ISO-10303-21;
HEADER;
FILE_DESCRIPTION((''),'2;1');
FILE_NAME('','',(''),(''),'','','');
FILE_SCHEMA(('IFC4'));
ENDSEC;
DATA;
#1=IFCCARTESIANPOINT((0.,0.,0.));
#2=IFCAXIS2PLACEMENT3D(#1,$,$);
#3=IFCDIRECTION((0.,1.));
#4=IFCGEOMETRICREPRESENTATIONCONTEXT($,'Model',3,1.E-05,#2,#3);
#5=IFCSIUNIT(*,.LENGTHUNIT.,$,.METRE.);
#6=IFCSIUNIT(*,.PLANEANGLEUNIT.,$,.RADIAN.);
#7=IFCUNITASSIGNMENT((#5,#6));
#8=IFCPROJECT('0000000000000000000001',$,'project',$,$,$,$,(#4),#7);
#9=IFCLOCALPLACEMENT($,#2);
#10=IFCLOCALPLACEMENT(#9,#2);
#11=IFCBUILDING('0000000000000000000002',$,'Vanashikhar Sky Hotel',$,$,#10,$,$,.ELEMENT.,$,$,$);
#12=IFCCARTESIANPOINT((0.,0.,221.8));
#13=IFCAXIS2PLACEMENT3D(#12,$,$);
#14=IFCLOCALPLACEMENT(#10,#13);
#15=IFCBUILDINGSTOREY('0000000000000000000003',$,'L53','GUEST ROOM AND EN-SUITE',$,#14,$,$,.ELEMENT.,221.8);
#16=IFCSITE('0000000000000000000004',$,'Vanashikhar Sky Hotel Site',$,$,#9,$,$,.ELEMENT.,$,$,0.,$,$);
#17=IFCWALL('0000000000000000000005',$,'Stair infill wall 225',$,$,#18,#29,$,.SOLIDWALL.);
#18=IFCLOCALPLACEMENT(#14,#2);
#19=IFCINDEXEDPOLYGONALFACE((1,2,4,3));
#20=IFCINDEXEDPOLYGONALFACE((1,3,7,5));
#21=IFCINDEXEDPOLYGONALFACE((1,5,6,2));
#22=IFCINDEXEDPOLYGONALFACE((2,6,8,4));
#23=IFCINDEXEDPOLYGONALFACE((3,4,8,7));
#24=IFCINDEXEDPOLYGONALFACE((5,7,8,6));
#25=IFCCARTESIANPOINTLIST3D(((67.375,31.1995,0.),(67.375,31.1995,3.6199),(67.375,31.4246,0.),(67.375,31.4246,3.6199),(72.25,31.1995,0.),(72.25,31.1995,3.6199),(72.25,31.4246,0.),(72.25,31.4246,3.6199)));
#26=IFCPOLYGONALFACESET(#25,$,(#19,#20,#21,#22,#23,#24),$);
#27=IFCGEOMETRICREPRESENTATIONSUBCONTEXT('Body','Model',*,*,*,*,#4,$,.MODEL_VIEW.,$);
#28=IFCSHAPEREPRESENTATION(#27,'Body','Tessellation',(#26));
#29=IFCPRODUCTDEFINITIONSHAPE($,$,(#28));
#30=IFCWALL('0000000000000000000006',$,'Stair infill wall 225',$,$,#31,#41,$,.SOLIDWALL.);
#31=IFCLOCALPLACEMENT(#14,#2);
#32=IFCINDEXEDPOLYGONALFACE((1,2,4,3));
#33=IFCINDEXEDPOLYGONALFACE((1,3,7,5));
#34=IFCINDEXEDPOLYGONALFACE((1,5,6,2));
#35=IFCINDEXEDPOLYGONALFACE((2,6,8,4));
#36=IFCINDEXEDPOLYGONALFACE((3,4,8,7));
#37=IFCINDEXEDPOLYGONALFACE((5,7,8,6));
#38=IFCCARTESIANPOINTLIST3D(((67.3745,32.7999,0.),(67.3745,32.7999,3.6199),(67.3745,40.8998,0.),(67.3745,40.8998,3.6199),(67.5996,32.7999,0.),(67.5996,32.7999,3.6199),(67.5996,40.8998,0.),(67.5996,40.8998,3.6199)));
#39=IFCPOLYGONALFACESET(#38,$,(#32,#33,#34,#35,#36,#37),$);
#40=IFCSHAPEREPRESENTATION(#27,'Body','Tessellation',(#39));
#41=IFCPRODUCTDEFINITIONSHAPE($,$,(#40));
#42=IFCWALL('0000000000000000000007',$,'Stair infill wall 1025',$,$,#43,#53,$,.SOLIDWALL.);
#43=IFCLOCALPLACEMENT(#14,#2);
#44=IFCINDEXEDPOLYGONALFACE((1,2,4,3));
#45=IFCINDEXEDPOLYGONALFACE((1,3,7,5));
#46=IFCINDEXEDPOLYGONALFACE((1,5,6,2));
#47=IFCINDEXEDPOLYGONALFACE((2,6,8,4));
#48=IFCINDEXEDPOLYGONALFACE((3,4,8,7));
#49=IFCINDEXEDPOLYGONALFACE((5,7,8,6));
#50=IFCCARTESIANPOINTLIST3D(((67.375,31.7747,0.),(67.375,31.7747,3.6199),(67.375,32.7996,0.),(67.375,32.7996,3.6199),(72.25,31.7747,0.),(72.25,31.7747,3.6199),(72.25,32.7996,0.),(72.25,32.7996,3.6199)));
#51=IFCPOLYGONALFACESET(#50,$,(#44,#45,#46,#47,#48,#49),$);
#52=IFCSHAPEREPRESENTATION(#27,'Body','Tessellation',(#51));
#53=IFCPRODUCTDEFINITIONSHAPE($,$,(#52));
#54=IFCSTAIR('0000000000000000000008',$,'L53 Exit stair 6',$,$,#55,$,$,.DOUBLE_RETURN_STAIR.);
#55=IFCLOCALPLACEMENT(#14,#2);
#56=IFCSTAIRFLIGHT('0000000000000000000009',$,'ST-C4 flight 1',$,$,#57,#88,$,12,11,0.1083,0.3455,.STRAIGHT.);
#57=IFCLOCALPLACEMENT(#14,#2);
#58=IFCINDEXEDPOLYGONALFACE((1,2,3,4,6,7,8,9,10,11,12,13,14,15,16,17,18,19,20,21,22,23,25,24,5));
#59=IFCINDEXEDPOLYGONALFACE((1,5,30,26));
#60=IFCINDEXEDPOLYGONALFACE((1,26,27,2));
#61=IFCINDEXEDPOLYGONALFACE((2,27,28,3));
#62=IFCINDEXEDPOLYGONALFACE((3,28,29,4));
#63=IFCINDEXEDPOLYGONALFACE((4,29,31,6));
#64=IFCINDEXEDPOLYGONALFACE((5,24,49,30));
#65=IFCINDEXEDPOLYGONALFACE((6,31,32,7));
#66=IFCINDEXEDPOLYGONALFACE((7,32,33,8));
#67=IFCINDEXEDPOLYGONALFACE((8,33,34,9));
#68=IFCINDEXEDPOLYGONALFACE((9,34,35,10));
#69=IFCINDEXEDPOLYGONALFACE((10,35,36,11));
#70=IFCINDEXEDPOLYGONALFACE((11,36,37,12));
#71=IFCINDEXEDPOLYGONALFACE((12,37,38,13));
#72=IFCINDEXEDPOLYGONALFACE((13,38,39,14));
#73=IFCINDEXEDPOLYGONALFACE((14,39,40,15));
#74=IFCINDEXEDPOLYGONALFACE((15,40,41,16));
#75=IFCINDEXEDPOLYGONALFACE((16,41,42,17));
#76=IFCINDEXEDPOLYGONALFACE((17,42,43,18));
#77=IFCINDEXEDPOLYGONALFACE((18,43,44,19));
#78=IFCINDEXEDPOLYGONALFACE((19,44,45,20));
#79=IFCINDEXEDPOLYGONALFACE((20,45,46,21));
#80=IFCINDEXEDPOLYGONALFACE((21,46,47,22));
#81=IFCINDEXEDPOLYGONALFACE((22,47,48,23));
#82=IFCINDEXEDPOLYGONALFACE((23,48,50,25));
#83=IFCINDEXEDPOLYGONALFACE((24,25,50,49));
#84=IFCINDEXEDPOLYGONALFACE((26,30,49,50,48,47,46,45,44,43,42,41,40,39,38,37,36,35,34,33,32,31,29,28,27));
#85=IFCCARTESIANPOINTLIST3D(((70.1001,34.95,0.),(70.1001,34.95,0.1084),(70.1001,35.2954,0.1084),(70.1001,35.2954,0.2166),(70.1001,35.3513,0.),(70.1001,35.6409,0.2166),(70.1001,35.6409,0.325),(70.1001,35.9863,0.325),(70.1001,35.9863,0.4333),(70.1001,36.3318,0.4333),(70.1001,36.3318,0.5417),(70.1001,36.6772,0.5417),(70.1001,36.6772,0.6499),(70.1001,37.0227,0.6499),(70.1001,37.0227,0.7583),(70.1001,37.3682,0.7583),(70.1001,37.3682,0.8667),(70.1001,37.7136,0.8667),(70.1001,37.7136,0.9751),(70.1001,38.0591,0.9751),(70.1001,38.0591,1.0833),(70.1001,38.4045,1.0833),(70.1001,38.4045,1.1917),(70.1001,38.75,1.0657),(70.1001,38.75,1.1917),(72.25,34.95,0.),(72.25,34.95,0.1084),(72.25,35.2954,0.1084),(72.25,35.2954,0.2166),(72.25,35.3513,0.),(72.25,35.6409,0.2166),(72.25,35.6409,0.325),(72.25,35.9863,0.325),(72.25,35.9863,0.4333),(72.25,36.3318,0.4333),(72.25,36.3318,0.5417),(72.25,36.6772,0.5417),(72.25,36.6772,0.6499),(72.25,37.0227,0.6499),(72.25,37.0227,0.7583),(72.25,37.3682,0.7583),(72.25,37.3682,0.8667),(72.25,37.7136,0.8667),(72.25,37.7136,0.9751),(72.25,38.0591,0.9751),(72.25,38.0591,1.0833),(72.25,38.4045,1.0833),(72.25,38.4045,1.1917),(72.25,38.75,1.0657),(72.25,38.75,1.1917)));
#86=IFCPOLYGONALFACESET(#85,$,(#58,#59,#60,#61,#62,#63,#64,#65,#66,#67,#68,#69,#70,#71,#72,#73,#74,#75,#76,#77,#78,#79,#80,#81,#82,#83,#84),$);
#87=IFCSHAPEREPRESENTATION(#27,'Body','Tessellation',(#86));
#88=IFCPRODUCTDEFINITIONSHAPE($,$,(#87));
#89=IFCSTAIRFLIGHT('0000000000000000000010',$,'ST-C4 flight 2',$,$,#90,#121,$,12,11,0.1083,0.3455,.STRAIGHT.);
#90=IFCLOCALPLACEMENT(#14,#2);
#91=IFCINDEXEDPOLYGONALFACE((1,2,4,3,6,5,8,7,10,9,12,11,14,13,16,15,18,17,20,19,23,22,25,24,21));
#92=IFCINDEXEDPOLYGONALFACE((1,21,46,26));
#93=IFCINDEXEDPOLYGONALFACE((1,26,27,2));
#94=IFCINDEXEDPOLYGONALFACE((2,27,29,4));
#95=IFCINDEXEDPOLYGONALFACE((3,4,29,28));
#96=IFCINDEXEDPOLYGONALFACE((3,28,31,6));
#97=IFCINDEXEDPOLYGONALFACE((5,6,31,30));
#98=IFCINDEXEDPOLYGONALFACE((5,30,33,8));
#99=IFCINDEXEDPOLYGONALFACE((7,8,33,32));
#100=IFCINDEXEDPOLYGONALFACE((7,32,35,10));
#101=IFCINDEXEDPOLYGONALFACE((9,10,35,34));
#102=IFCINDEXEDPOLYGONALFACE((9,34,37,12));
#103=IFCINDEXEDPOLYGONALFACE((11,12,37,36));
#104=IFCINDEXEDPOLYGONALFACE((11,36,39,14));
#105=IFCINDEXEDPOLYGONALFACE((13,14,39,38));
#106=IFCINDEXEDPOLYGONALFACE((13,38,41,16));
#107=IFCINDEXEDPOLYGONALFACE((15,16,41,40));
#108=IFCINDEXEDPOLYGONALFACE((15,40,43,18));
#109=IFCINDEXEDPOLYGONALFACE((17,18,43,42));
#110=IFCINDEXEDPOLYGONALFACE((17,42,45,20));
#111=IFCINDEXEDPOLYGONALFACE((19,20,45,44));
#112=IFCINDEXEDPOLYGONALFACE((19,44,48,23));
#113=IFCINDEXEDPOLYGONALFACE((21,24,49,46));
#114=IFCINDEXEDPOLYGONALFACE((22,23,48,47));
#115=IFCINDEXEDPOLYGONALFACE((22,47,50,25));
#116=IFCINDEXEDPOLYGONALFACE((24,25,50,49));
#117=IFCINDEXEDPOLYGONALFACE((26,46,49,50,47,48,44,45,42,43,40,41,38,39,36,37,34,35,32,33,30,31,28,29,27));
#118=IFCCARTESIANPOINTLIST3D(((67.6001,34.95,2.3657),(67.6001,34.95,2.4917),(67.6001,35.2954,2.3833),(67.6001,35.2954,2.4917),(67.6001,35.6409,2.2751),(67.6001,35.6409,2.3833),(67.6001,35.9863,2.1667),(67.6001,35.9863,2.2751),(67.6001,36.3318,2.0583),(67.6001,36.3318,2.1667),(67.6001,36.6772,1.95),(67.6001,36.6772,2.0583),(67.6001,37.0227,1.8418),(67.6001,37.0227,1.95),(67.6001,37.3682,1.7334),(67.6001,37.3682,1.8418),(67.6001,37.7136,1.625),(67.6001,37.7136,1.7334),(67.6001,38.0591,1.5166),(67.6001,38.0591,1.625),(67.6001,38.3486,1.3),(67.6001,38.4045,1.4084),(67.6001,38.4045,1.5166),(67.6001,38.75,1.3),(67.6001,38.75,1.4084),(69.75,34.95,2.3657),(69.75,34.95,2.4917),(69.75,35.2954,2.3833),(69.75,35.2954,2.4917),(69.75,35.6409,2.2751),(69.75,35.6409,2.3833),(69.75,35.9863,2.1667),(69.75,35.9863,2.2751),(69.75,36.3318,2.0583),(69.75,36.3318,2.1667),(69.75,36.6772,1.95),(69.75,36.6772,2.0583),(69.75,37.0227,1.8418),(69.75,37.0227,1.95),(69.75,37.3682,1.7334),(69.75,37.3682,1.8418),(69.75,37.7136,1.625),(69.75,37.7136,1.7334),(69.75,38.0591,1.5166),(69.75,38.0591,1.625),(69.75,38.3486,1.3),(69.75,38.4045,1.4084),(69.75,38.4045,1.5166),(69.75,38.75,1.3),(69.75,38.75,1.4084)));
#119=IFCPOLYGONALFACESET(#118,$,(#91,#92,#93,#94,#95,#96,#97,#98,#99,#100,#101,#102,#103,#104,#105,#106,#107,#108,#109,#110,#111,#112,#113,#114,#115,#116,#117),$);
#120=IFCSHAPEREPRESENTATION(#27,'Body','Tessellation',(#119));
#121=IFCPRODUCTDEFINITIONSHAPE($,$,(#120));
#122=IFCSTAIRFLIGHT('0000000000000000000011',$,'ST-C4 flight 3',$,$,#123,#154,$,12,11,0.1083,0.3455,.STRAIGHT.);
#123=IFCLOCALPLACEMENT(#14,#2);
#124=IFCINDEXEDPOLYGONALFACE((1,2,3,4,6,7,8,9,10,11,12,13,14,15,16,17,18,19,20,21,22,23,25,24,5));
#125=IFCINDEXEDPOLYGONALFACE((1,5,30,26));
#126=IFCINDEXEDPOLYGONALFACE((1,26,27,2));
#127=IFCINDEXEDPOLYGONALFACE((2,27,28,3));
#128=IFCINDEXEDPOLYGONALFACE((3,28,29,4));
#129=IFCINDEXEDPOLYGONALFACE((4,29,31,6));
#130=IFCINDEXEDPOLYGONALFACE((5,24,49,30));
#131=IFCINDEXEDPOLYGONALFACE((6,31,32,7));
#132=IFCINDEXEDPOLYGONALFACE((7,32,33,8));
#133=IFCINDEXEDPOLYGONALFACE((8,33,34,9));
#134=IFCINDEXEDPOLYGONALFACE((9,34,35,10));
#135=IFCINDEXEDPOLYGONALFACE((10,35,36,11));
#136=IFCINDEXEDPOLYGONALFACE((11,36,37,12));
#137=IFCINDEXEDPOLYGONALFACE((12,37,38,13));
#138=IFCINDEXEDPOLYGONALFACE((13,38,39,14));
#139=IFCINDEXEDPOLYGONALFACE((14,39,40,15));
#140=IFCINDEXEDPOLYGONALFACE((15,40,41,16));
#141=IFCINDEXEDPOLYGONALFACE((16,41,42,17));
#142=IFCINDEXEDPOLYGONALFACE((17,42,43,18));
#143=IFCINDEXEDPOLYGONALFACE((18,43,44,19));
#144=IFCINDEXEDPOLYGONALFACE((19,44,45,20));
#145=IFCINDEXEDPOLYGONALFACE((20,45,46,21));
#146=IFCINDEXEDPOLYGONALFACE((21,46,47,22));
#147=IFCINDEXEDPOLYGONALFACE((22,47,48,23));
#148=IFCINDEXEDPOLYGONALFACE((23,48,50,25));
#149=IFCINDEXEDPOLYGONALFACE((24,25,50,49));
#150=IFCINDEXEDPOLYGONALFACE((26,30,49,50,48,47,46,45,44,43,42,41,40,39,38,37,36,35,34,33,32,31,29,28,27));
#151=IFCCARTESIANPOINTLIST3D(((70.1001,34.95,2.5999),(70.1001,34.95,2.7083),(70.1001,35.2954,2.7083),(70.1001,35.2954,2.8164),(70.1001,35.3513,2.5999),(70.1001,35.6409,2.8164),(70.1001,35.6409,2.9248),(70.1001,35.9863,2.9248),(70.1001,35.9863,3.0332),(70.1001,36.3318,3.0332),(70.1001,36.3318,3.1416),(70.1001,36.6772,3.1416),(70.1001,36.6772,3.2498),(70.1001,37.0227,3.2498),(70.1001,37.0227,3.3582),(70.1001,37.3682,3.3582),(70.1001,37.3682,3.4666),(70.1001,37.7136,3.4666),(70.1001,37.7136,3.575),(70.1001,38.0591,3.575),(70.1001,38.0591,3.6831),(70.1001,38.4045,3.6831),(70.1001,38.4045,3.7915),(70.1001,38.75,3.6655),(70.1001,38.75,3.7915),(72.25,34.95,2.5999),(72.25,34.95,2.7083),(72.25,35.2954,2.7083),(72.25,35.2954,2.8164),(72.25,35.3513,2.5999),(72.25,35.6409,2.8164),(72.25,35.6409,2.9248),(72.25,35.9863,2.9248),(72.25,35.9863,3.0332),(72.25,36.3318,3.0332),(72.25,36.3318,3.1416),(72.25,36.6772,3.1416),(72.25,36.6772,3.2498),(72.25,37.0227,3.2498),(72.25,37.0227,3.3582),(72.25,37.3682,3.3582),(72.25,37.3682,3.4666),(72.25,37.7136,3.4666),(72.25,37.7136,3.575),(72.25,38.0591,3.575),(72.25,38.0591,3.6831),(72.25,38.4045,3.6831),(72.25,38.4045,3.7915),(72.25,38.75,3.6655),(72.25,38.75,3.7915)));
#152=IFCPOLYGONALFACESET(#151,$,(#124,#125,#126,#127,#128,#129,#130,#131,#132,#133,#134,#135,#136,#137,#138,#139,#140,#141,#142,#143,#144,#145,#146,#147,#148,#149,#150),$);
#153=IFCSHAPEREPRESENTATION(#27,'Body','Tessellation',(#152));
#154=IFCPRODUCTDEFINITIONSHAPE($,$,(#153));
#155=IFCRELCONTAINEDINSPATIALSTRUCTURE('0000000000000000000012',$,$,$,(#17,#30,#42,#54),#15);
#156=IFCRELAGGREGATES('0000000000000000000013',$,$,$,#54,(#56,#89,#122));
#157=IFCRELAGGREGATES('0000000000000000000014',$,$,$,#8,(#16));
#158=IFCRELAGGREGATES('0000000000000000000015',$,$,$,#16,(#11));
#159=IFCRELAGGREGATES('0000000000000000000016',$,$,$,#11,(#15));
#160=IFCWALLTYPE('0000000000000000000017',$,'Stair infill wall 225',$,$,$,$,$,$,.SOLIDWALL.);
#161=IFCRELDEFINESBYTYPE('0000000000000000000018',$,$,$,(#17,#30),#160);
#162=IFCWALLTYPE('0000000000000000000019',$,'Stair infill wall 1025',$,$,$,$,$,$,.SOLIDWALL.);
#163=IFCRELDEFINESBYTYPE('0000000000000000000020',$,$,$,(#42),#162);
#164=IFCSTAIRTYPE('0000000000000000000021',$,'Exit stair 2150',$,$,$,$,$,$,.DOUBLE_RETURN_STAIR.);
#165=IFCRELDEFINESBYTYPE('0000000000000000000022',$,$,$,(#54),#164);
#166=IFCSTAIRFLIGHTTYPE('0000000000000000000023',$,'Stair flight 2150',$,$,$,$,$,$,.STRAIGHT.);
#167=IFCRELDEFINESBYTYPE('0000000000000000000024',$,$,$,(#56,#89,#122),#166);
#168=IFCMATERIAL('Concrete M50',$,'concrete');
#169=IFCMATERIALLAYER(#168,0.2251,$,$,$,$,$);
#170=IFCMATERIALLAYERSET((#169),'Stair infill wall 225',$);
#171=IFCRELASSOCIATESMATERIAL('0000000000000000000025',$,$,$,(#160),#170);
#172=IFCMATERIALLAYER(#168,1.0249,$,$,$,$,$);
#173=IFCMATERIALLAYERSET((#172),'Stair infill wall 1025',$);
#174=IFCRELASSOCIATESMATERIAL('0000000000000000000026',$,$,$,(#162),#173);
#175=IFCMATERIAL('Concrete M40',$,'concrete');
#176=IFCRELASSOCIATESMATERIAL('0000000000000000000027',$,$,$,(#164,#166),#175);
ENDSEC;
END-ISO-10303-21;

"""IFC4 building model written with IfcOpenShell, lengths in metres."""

from ifc_helpers import new_model, si_unit, direction, frame, frame_2d, origin, place, context, subcontext, project, spatial, polyline, rectangle, outline, extrude, source, transform, mapped, material, layer, layer_set, type_object, element, aggregate, save


model = new_model("IFC4")

# Units and contexts
model_context = context("Model", 3, precision=1e-05, world=origin(), true_north=direction((0.0, 1.0)))
body_context = subcontext(model_context, "Body", "Model", "MODEL_VIEW")
ifc_project = project(units=[si_unit("LENGTHUNIT", "METRE"), si_unit("PLANEANGLEUNIT", "RADIAN")], contexts=[model_context])

# Site, building, storey
site_placement = place(None, origin())
site = spatial("IfcSite", under=ifc_project, at=site_placement, Name="Vanashikhar Sky Hotel Site", CompositionType="ELEMENT", RefElevation=0.0)
building_placement = place(site_placement, origin())
building = spatial("IfcBuilding", under=site, at=building_placement, Name="Vanashikhar Sky Hotel", CompositionType="ELEMENT")
storey_placement = place(building_placement, frame((0.0, 0.0, 221.8)))
storey = spatial("IfcBuildingStorey", under=building, at=storey_placement, Name="L53", Description="GUEST ROOM AND EN-SUITE", CompositionType="ELEMENT", Elevation=221.8)

# Shared definitions
ifc_material_1 = material(Name="Concrete M50", Category="concrete")

# Shared definitions
ifc_material_2 = material(Name="Concrete M40", Category="concrete")

# Walls
ifc_layer_1 = layer(ifc_material_1, 0.2251)
ifc_layer_set_1 = layer_set([ifc_layer_1], Name="Stair infill wall 225")
wall_type_1 = type_object("IfcWallType", Name="Stair infill wall 225", PredefinedType="SOLIDWALL", material=ifc_layer_set_1)
shared_shape_1 = source(origin(), body_context, "Body", "SweptSolid", [
    extrude(rectangle(XDim=4.875, YDim=0.2251, at=frame_2d((2.4375, 0.0))), origin(), (0.0, 0.0, 1.0), 3.6199),
])
wall_1_placement = place(storey_placement, frame((67.375, 31.312, 0.0), z_axis=(0.0, 0.0, 1.0), x_axis=(1.0, 0.0, 0.0)))
element("IfcWall", 1, at=wall_1_placement, inside=storey, type_object=wall_type_1, Name="Stair infill wall 225", PredefinedType="SOLIDWALL", context=body_context, shape_type="MappedRepresentation", body=[
    mapped(shared_shape_1, transform((0.0, 0.0, 0.0), scale=1.0)),
])
shared_shape_2 = source(origin(), body_context, "Body", "SweptSolid", [
    extrude(rectangle(XDim=8.0999, YDim=0.2251, at=frame_2d((4.0498, 0.0))), origin(), (0.0, 0.0, 1.0), 3.6199),
])
wall_2_placement = place(storey_placement, frame((67.4871, 32.8, 0.0), z_axis=(0.0, 0.0, 1.0), x_axis=(0.0, 1.0, 0.0)))
element("IfcWall", 2, at=wall_2_placement, inside=storey, type_object=wall_type_1, Name="Stair infill wall 225", PredefinedType="SOLIDWALL", context=body_context, shape_type="MappedRepresentation", body=[
    mapped(shared_shape_2, transform((0.0, 0.0, 0.0), scale=1.0)),
])
ifc_layer_2 = layer(ifc_material_1, 1.0249)
ifc_layer_set_2 = layer_set([ifc_layer_2], Name="Stair infill wall 1025")
wall_type_2 = type_object("IfcWallType", Name="Stair infill wall 1025", PredefinedType="SOLIDWALL", material=ifc_layer_set_2)
shared_shape_3 = source(origin(), body_context, "Body", "SweptSolid", [
    extrude(rectangle(XDim=4.875, YDim=1.0249, at=frame_2d((2.4375, 0.0))), origin(), (0.0, 0.0, 1.0), 3.6199),
])
wall_3_placement = place(storey_placement, frame((67.375, 32.2871, 0.0), z_axis=(0.0, 0.0, 1.0), x_axis=(1.0, 0.0, 0.0)))
element("IfcWall", 3, at=wall_3_placement, inside=storey, type_object=wall_type_2, Name="Stair infill wall 1025", PredefinedType="SOLIDWALL", context=body_context, shape_type="MappedRepresentation", body=[
    mapped(shared_shape_3, transform((0.0, 0.0, 0.0), scale=1.0)),
])

# Stair, stair flights
stair_type = type_object("IfcStairType", Name="Exit stair 2150", PredefinedType="DOUBLE_RETURN_STAIR", material=ifc_material_2)
stair_placement = place(storey_placement, origin())
stair = element("IfcStair", 4, at=stair_placement, inside=storey, type_object=stair_type, Name="L53 Exit stair 6", PredefinedType="DOUBLE_RETURN_STAIR")
stair_flight_type = type_object("IfcStairFlightType", Name="Stair flight 2150", PredefinedType="STRAIGHT", material=ifc_material_2)
shared_shape_4 = source(origin(), body_context, "Body", "SweptSolid", [
    extrude(outline(polyline([(0.0, 0.0), (0.0, 0.1084), (0.3455, 0.1084), (0.3455, 0.2166), (0.6909, 0.2166), (0.6909, 0.325), (1.0364, 0.325), (1.0364, 0.4333), (1.3818, 0.4333), (1.3818, 0.5417), (1.7273, 0.5417), (1.7273, 0.6499), (2.0728, 0.6499), (2.0728, 0.7583), (2.4182, 0.7583), (2.4182, 0.8667), (2.7637, 0.8667), (2.7637, 0.9751), (3.1091, 0.9751), (3.1091, 1.0833), (3.4546, 1.0833), (3.4546, 1.1917), (3.8, 1.1917), (3.8, 1.3), (3.8, 1.0657), (0.4014, 0.0), (0.0, 0.0)])), frame((0.0, 1.075, 0.0), z_axis=(0.0, -1.0, 0.0), x_axis=(1.0, 0.0, 0.0)), (0.0, 0.0, 1.0), 2.1499),
])
stair_flight_1_placement = place(storey_placement, frame((71.175, 34.95, 0.0), z_axis=(0.0, 0.0, 1.0), x_axis=(0.0, 1.0, 0.0)))
stair_flight_1 = element("IfcStairFlight", 5, at=stair_flight_1_placement, type_object=stair_flight_type, Name="ST-C4 flight 1", NumberOfRisers=12, NumberOfTreads=11, PredefinedType="STRAIGHT", RiserHeight=0.1083, TreadLength=0.3455, context=body_context, shape_type="MappedRepresentation", body=[
    mapped(shared_shape_4, transform((0.0, 0.0, 0.0), scale=1.0)),
])
stair_flight_2_placement = place(storey_placement, frame((68.675, 38.75, 1.3), z_axis=(0.0, 0.0, 1.0), x_axis=(0.0, -1.0, 0.0)))
stair_flight_2 = element("IfcStairFlight", 6, at=stair_flight_2_placement, type_object=stair_flight_type, Name="ST-C4 flight 2", NumberOfRisers=12, NumberOfTreads=11, PredefinedType="STRAIGHT", RiserHeight=0.1083, TreadLength=0.3455, context=body_context, shape_type="MappedRepresentation", body=[
    mapped(shared_shape_4, transform((0.0, 0.0, 0.0), scale=1.0)),
])
stair_flight_3_placement = place(storey_placement, frame((71.175, 34.95, 2.5999), z_axis=(0.0, 0.0, 1.0), x_axis=(0.0, 1.0, 0.0)))
stair_flight_3 = element("IfcStairFlight", 7, at=stair_flight_3_placement, type_object=stair_flight_type, Name="ST-C4 flight 3", NumberOfRisers=12, NumberOfTreads=11, PredefinedType="STRAIGHT", RiserHeight=0.1083, TreadLength=0.3455, context=body_context, shape_type="MappedRepresentation", body=[
    mapped(shared_shape_4, transform((0.0, 0.0, 0.0), scale=1.0)),
])
aggregate(stair, [stair_flight_1, stair_flight_2, stair_flight_3])

save(model, "model.ifc")
